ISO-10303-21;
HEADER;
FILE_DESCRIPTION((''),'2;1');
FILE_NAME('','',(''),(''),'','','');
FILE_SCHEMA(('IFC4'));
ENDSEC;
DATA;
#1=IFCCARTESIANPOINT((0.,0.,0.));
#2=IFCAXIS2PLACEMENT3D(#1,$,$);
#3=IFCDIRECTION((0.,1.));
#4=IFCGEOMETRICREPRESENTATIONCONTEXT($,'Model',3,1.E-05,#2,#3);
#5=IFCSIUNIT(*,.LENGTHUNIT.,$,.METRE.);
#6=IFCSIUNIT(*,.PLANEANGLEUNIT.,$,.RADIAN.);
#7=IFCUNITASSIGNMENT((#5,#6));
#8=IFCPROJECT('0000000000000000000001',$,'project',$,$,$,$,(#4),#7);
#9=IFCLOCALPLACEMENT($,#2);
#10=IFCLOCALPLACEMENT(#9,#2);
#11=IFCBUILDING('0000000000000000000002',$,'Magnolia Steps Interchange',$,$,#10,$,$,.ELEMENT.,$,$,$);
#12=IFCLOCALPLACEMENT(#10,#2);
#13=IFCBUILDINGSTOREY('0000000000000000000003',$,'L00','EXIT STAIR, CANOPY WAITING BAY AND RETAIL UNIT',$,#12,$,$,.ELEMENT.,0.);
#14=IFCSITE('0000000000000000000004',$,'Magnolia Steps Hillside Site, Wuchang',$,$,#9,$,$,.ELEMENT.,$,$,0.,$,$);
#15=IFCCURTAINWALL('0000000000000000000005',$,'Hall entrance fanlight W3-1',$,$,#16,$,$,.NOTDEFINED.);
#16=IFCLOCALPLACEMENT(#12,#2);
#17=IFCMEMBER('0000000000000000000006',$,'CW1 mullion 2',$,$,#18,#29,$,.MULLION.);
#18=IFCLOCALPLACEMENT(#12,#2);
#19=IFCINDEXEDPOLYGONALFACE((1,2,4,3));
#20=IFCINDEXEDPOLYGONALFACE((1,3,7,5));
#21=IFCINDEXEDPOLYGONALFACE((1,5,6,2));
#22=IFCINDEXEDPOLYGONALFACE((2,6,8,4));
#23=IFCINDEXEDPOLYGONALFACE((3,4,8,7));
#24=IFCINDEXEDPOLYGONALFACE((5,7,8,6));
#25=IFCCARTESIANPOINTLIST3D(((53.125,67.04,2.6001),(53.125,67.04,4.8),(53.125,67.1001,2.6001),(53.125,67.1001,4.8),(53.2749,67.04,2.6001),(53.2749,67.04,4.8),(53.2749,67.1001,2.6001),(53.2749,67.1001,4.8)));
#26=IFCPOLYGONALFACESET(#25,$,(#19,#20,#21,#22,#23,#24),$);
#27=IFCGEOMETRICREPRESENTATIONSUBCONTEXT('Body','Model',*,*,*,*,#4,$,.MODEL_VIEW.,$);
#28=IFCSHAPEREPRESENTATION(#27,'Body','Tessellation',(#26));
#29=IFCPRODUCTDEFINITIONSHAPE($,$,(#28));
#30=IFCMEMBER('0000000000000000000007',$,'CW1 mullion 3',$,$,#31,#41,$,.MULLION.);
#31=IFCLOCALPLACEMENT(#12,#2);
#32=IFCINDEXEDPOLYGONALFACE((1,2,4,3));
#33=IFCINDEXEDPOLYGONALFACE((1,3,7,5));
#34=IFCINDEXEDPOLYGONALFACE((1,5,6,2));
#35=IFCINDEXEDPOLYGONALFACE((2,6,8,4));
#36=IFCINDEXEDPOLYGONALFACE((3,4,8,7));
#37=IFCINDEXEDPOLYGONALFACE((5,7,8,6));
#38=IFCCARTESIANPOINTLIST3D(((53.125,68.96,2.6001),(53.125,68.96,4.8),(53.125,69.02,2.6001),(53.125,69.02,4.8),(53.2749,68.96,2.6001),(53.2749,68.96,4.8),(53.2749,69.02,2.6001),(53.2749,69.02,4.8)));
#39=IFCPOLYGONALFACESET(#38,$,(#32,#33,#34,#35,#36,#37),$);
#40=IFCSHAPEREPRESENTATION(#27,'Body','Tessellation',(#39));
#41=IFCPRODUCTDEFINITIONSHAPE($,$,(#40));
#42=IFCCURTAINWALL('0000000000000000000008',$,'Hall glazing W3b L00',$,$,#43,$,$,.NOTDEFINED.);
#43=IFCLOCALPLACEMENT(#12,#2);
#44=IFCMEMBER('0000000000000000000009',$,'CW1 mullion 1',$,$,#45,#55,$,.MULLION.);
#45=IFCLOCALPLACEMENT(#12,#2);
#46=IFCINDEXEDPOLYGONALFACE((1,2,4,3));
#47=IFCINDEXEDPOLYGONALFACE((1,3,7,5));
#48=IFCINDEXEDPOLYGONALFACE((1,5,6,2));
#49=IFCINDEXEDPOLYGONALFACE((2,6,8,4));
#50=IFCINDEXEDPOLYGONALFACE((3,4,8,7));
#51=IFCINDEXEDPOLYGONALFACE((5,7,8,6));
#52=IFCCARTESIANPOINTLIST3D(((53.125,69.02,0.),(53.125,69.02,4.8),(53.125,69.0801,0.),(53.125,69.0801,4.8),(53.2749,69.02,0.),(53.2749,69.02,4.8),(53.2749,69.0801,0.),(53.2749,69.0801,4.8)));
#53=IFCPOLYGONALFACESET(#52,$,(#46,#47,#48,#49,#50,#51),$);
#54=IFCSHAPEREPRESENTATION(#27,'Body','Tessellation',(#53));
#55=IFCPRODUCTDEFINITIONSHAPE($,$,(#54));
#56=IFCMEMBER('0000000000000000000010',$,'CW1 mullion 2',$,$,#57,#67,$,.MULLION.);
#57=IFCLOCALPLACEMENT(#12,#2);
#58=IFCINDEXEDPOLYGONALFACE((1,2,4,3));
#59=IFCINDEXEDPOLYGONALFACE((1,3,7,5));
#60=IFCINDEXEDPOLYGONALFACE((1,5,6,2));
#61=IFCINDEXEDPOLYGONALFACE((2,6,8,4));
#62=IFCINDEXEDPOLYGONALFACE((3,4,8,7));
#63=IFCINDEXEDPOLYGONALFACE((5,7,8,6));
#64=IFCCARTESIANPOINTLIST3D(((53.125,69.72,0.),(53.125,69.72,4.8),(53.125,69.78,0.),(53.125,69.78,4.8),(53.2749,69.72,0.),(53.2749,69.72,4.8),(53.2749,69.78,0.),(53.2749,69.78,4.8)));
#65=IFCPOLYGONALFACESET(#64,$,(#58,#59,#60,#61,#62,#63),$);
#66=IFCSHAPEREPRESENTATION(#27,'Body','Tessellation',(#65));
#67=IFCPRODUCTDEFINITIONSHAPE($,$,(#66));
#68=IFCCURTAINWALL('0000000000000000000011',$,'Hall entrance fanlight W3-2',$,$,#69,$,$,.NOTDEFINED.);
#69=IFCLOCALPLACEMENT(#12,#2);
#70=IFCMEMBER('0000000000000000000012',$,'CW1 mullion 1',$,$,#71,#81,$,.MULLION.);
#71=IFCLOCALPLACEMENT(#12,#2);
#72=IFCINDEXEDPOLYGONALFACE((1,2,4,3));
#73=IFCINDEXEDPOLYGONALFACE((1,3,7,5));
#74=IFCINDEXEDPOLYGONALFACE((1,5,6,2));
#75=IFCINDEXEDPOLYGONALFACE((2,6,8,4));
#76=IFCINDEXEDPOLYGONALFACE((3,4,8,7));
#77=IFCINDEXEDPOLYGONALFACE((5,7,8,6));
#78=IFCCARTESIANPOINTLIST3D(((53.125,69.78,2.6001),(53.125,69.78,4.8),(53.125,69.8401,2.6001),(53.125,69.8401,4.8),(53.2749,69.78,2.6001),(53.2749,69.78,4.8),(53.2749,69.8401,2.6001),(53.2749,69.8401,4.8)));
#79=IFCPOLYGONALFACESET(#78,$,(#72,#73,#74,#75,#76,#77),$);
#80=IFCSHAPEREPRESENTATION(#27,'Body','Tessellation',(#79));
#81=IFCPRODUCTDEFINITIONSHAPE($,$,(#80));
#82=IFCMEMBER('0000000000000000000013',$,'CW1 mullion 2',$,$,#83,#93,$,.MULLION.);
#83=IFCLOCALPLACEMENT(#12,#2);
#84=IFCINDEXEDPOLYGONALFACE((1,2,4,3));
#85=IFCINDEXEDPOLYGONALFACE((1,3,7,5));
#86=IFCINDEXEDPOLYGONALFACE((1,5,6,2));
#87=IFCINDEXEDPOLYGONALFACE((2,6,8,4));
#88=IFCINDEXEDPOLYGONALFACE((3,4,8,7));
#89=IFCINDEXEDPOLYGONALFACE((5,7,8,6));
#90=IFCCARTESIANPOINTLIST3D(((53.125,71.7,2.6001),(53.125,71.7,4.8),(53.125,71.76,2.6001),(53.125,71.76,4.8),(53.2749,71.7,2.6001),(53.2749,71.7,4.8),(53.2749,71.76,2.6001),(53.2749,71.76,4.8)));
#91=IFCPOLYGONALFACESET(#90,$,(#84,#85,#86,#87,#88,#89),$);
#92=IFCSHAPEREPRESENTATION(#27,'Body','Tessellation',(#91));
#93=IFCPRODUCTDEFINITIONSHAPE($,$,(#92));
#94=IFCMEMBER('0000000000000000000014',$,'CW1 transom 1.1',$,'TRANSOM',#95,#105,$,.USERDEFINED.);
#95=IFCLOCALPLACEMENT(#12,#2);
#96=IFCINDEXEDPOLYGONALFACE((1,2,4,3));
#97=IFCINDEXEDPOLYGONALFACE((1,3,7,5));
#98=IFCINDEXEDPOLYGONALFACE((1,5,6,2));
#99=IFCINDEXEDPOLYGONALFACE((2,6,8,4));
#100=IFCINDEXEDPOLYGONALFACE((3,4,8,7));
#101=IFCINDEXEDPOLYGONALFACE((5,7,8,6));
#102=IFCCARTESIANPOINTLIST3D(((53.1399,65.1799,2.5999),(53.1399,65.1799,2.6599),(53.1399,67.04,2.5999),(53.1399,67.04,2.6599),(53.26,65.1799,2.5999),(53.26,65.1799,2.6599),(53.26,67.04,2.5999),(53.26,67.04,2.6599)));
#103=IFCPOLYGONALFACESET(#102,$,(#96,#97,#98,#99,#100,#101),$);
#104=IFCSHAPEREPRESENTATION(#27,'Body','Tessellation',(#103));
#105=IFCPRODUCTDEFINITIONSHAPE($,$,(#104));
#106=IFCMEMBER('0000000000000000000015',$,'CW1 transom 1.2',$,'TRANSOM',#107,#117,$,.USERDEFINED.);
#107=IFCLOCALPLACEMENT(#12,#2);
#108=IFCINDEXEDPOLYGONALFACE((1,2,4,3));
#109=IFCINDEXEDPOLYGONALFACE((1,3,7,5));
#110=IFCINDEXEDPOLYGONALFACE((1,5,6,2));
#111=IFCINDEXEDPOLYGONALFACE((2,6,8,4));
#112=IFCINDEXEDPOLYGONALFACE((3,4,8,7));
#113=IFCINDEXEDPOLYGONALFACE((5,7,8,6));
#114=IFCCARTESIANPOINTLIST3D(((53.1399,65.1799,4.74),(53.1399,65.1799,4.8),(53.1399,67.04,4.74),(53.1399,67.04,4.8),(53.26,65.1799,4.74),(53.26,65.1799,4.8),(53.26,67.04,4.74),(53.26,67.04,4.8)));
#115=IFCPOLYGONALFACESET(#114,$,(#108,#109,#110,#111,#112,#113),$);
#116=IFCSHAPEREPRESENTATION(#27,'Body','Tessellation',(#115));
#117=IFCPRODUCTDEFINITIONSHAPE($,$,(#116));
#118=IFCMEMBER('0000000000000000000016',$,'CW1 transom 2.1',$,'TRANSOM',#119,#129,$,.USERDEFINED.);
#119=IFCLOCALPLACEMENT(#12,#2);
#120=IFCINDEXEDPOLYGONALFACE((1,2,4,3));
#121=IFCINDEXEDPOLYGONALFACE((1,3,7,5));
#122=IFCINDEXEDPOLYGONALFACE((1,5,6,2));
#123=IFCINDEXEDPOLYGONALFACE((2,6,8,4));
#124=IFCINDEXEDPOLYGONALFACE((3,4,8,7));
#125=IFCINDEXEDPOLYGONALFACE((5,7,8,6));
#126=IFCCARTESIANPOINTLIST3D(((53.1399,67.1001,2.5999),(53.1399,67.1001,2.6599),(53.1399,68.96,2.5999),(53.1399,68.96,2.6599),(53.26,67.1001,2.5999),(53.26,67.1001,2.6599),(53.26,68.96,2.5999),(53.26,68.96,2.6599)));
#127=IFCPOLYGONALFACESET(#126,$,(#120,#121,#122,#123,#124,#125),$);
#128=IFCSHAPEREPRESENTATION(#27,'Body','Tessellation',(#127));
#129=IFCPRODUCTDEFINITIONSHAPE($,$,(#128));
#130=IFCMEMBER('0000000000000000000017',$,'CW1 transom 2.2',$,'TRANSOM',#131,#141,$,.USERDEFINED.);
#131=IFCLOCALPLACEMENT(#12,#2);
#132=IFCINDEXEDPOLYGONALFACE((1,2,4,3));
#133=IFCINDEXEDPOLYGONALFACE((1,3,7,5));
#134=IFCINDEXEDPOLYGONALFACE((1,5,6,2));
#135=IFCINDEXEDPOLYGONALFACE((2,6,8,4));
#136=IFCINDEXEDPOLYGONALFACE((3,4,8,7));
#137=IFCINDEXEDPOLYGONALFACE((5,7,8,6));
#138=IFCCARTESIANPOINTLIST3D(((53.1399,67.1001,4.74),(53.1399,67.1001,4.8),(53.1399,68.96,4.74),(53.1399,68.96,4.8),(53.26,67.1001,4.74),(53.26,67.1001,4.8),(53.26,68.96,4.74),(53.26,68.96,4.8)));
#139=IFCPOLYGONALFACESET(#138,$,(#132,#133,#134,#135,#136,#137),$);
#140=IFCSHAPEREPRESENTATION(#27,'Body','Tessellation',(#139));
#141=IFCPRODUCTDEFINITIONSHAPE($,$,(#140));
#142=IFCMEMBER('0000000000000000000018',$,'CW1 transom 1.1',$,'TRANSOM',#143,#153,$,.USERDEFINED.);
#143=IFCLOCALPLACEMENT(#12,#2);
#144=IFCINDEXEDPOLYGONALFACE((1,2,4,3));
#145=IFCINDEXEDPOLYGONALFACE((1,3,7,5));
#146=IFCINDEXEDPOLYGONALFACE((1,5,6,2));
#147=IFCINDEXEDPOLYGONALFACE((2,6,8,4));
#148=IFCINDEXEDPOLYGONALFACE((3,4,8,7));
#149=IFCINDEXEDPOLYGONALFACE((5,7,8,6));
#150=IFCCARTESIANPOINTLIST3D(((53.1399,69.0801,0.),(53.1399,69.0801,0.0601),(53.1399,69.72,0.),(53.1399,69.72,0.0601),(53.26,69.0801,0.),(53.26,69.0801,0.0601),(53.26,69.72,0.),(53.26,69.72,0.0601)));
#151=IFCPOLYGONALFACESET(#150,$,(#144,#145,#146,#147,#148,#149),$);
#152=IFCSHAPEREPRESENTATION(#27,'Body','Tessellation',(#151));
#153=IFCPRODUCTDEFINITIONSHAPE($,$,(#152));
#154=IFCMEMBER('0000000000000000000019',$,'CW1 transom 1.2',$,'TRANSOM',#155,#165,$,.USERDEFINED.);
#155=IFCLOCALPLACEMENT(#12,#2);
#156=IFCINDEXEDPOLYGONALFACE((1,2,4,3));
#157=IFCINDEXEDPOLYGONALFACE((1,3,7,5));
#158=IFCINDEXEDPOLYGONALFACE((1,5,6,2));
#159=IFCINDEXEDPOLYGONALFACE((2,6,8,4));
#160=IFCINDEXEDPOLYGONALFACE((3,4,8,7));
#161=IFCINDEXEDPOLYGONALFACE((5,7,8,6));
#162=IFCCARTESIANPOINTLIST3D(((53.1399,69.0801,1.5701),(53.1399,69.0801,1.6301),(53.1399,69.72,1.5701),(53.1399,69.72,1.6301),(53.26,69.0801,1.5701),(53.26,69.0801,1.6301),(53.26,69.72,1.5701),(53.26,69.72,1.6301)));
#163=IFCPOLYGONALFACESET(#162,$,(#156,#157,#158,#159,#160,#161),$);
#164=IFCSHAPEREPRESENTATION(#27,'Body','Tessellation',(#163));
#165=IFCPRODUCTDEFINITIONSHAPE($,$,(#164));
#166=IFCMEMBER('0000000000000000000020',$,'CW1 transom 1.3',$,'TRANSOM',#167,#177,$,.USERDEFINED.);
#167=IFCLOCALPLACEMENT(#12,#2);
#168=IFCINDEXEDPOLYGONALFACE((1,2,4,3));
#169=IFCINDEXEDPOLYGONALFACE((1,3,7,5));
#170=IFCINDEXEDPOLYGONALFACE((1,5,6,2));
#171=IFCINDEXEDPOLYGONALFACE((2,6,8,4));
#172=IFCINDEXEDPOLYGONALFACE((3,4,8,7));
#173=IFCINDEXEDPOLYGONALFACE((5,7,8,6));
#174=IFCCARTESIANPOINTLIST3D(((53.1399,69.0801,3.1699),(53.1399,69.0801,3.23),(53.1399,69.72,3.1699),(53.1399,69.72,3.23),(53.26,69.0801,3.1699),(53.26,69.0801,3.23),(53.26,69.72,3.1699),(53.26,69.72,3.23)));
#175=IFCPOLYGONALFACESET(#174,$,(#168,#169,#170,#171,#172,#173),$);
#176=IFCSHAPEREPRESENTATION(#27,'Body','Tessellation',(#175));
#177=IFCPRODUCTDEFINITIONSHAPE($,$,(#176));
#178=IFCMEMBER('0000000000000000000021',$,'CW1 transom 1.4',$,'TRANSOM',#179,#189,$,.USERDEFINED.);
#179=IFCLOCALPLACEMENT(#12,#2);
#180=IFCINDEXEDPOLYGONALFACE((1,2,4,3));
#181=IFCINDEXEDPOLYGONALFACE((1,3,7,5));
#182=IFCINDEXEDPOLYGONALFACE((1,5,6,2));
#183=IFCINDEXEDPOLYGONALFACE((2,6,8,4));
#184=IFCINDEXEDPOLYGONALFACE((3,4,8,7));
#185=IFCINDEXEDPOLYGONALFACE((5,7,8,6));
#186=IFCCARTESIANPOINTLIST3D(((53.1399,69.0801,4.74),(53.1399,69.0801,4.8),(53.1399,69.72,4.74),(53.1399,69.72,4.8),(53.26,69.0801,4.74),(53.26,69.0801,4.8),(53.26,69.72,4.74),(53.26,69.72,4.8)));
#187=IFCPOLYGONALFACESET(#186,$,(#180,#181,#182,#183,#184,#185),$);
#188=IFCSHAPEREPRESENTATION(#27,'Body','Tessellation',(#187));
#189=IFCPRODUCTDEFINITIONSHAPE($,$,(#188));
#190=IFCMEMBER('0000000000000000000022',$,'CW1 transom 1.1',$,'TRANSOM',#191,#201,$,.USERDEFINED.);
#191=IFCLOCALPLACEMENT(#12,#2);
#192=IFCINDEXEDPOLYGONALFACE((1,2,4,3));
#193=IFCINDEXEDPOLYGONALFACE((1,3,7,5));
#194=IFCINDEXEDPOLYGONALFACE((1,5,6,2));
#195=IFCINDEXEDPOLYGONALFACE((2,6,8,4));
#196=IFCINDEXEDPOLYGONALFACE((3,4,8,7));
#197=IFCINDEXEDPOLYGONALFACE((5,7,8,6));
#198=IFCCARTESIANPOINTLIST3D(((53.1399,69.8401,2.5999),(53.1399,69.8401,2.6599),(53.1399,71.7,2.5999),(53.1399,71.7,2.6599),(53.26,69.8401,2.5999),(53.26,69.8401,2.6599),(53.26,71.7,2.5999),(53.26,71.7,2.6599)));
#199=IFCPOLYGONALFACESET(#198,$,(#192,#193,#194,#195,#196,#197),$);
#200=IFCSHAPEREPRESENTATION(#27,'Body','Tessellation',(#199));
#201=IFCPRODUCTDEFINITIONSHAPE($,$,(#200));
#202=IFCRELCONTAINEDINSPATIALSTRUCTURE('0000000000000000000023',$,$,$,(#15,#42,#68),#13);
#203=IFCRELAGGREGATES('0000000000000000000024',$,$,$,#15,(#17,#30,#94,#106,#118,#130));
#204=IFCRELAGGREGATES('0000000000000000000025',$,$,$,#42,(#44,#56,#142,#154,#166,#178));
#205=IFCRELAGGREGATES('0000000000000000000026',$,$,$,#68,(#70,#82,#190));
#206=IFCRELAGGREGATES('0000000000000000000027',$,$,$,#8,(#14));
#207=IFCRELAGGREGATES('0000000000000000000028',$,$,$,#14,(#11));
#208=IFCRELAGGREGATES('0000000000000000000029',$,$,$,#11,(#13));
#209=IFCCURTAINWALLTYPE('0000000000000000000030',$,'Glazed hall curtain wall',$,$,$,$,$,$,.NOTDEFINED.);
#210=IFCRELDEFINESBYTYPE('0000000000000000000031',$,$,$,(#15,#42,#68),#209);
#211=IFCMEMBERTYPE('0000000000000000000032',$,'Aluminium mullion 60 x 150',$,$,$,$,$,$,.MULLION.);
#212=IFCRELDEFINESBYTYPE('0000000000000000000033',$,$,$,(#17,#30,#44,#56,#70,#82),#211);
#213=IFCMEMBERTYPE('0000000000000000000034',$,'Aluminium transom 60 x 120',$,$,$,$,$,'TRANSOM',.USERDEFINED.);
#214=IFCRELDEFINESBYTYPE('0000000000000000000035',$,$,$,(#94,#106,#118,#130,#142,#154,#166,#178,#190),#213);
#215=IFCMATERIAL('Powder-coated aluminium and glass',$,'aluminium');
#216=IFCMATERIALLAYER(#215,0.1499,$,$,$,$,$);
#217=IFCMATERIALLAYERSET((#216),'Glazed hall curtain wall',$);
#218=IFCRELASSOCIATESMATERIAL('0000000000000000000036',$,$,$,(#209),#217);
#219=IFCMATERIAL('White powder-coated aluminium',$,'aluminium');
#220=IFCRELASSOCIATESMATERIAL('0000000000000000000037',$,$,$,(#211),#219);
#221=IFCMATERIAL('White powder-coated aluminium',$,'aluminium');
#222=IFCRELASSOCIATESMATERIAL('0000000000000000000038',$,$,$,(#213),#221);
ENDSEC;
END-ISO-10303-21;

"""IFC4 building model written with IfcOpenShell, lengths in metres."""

from ifc_helpers import new_model, si_unit, direction, frame, origin, origin_2d, place, context, subcontext, project, spatial, rectangle, extrude, material, layer, layer_set, material_profile, profile_set, type_object, element, aggregate, save


model = new_model("IFC4")

# Units and contexts
model_context = context("Model", 3, precision=1e-05, world=origin(), true_north=direction((0.0, 1.0)))
body_context = subcontext(model_context, "Body", "Model", "MODEL_VIEW")
ifc_project = project(units=[si_unit("LENGTHUNIT", "METRE"), si_unit("PLANEANGLEUNIT", "RADIAN")], contexts=[model_context])

# Site, building, storey
site_placement = place(None, origin())
site = spatial("IfcSite", under=ifc_project, at=site_placement, Name="Magnolia Steps Hillside Site, Wuchang", CompositionType="ELEMENT", RefElevation=0.0)
building_placement = place(site_placement, origin())
building = spatial("IfcBuilding", under=site, at=building_placement, Name="Magnolia Steps Interchange", CompositionType="ELEMENT")
storey_placement = place(building_placement, origin())
storey = spatial("IfcBuildingStorey", under=building, at=storey_placement, Name="L00", Description="EXIT STAIR, CANOPY WAITING BAY AND RETAIL UNIT", CompositionType="ELEMENT", Elevation=0.0)

# Curtain walls, members
ifc_material_1 = material(Name="Powder-coated aluminium and glass", Category="aluminium")
ifc_layer_1 = layer(ifc_material_1, 0.1499)
ifc_layer_set_1 = layer_set([ifc_layer_1], Name="Glazed hall curtain wall")
curtain_wall_type = type_object("IfcCurtainWallType", Name="Glazed hall curtain wall", PredefinedType="NOTDEFINED", material=ifc_layer_set_1)
curtain_wall_1_placement = place(storey_placement, origin())
curtain_wall_1 = element("IfcCurtainWall", 1, at=curtain_wall_1_placement, inside=storey, type_object=curtain_wall_type, Name="Hall entrance fanlight W3-1", PredefinedType="NOTDEFINED")
ifc_material_2 = material(Name="White powder-coated aluminium", Category="aluminium")
ifc_material_profile_1 = material_profile(ifc_material_2, rectangle(XDim=0.0601, YDim=0.1499, at=origin_2d()), Name="Aluminium mullion 60 x 150")
ifc_profile_set_1 = profile_set([ifc_material_profile_1], Name="White powder-coated aluminium")
member_type_1 = type_object("IfcMemberType", Name="Aluminium mullion 60 x 150", PredefinedType="MULLION", material=ifc_profile_set_1)
member_1_placement = place(storey_placement, frame((53.2, 67.0701, 2.6001), z_axis=(0.0, 0.0, 1.0), x_axis=(0.0, 1.0, 0.0)))
member_1 = element("IfcMember", 2, at=member_1_placement, type_object=member_type_1, Name="CW1 mullion 2", PredefinedType="MULLION", context=body_context, shape_type="SweptSolid", body=[
    extrude(rectangle(XDim=0.0601, YDim=0.1499, at=origin_2d()), origin(), (0.0, 0.0, 1.0), 2.2),
])
member_2_placement = place(storey_placement, frame((53.2, 68.99, 2.6001), z_axis=(0.0, 0.0, 1.0), x_axis=(0.0, 1.0, 0.0)))
member_2 = element("IfcMember", 3, at=member_2_placement, type_object=member_type_1, Name="CW1 mullion 3", PredefinedType="MULLION", context=body_context, shape_type="SweptSolid", body=[
    extrude(rectangle(XDim=0.0601, YDim=0.1499, at=origin_2d()), origin(), (0.0, 0.0, 1.0), 2.2),
])
curtain_wall_2_placement = place(storey_placement, origin())
curtain_wall_2 = element("IfcCurtainWall", 4, at=curtain_wall_2_placement, inside=storey, type_object=curtain_wall_type, Name="Hall glazing W3b L00", PredefinedType="NOTDEFINED")
member_3_placement = place(storey_placement, frame((53.2, 69.05, 0.0), z_axis=(0.0, 0.0, 1.0), x_axis=(0.0, 1.0, 0.0)))
member_3 = element("IfcMember", 5, at=member_3_placement, type_object=member_type_1, Name="CW1 mullion 1", PredefinedType="MULLION", context=body_context, shape_type="SweptSolid", body=[
    extrude(rectangle(XDim=0.0601, YDim=0.1499, at=origin_2d()), origin(), (0.0, 0.0, 1.0), 4.8),
])
member_4_placement = place(storey_placement, frame((53.2, 69.75, 0.0), z_axis=(0.0, 0.0, 1.0), x_axis=(0.0, 1.0, 0.0)))
member_4 = element("IfcMember", 6, at=member_4_placement, type_object=member_type_1, Name="CW1 mullion 2", PredefinedType="MULLION", context=body_context, shape_type="SweptSolid", body=[
    extrude(rectangle(XDim=0.0601, YDim=0.1499, at=origin_2d()), origin(), (0.0, 0.0, 1.0), 4.8),
])
curtain_wall_3_placement = place(storey_placement, origin())
curtain_wall_3 = element("IfcCurtainWall", 7, at=curtain_wall_3_placement, inside=storey, type_object=curtain_wall_type, Name="Hall entrance fanlight W3-2", PredefinedType="NOTDEFINED")
member_5_placement = place(storey_placement, frame((53.2, 69.8101, 2.6001), z_axis=(0.0, 0.0, 1.0), x_axis=(0.0, 1.0, 0.0)))
member_5 = element("IfcMember", 8, at=member_5_placement, type_object=member_type_1, Name="CW1 mullion 1", PredefinedType="MULLION", context=body_context, shape_type="SweptSolid", body=[
    extrude(rectangle(XDim=0.0601, YDim=0.1499, at=origin_2d()), origin(), (0.0, 0.0, 1.0), 2.2),
])
member_6_placement = place(storey_placement, frame((53.2, 71.73, 2.6001), z_axis=(0.0, 0.0, 1.0), x_axis=(0.0, 1.0, 0.0)))
member_6 = element("IfcMember", 9, at=member_6_placement, type_object=member_type_1, Name="CW1 mullion 2", PredefinedType="MULLION", context=body_context, shape_type="SweptSolid", body=[
    extrude(rectangle(XDim=0.0601, YDim=0.1499, at=origin_2d()), origin(), (0.0, 0.0, 1.0), 2.2),
])

# Members
ifc_material_3 = material(Name="White powder-coated aluminium", Category="aluminium")
ifc_material_profile_2 = material_profile(ifc_material_3, rectangle(XDim=0.0601, YDim=0.1201, at=origin_2d()), Name="Aluminium transom 60 x 120")
ifc_profile_set_2 = profile_set([ifc_material_profile_2], Name="White powder-coated aluminium")
member_type_2 = type_object("IfcMemberType", Name="Aluminium transom 60 x 120", ElementType="TRANSOM", PredefinedType="USERDEFINED", material=ifc_profile_set_2)
member_7_placement = place(storey_placement, frame((53.2, 65.1799, 2.6299), z_axis=(0.0, 1.0, 0.0), x_axis=(0.0, 0.0, 1.0)))
member_7 = element("IfcMember", 10, at=member_7_placement, type_object=member_type_2, Name="CW1 transom 1.1", ObjectType="TRANSOM", PredefinedType="USERDEFINED", context=body_context, shape_type="SweptSolid", body=[
    extrude(rectangle(XDim=0.0601, YDim=0.1201, at=origin_2d()), origin(), (0.0, 0.0, 1.0), 1.8601),
])
member_8_placement = place(storey_placement, frame((53.2, 65.1799, 4.77), z_axis=(0.0, 1.0, 0.0), x_axis=(0.0, 0.0, 1.0)))
member_8 = element("IfcMember", 11, at=member_8_placement, type_object=member_type_2, Name="CW1 transom 1.2", ObjectType="TRANSOM", PredefinedType="USERDEFINED", context=body_context, shape_type="SweptSolid", body=[
    extrude(rectangle(XDim=0.0601, YDim=0.1201, at=origin_2d()), origin(), (0.0, 0.0, 1.0), 1.8601),
])
member_9_placement = place(storey_placement, frame((53.2, 67.1001, 2.6299), z_axis=(0.0, 1.0, 0.0), x_axis=(0.0, 0.0, 1.0)))
member_9 = element("IfcMember", 12, at=member_9_placement, type_object=member_type_2, Name="CW1 transom 2.1", ObjectType="TRANSOM", PredefinedType="USERDEFINED", context=body_context, shape_type="SweptSolid", body=[
    extrude(rectangle(XDim=0.0601, YDim=0.1201, at=origin_2d()), origin(), (0.0, 0.0, 1.0), 1.8599),
])
member_10_placement = place(storey_placement, frame((53.2, 67.1001, 4.77), z_axis=(0.0, 1.0, 0.0), x_axis=(0.0, 0.0, 1.0)))
member_10 = element("IfcMember", 13, at=member_10_placement, type_object=member_type_2, Name="CW1 transom 2.2", ObjectType="TRANSOM", PredefinedType="USERDEFINED", context=body_context, shape_type="SweptSolid", body=[
    extrude(rectangle(XDim=0.0601, YDim=0.1201, at=origin_2d()), origin(), (0.0, 0.0, 1.0), 1.8599),
])
member_11_placement = place(storey_placement, frame((53.2, 69.0801, 0.03), z_axis=(0.0, 1.0, 0.0), x_axis=(0.0, 0.0, 1.0)))
member_11 = element("IfcMember", 14, at=member_11_placement, type_object=member_type_2, Name="CW1 transom 1.1", ObjectType="TRANSOM", PredefinedType="USERDEFINED", context=body_context, shape_type="SweptSolid", body=[
    extrude(rectangle(XDim=0.0601, YDim=0.1201, at=origin_2d()), origin(), (0.0, 0.0, 1.0), 0.6399),
])
member_12_placement = place(storey_placement, frame((53.2, 69.0801, 1.6001), z_axis=(0.0, 1.0, 0.0), x_axis=(0.0, 0.0, 1.0)))
member_12 = element("IfcMember", 15, at=member_12_placement, type_object=member_type_2, Name="CW1 transom 1.2", ObjectType="TRANSOM", PredefinedType="USERDEFINED", context=body_context, shape_type="SweptSolid", body=[
    extrude(rectangle(XDim=0.0601, YDim=0.1201, at=origin_2d()), origin(), (0.0, 0.0, 1.0), 0.6399),
])
member_13_placement = place(storey_placement, frame((53.2, 69.0801, 3.2), z_axis=(0.0, 1.0, 0.0), x_axis=(0.0, 0.0, 1.0)))
member_13 = element("IfcMember", 16, at=member_13_placement, type_object=member_type_2, Name="CW1 transom 1.3", ObjectType="TRANSOM", PredefinedType="USERDEFINED", context=body_context, shape_type="SweptSolid", body=[
    extrude(rectangle(XDim=0.0601, YDim=0.1201, at=origin_2d()), origin(), (0.0, 0.0, 1.0), 0.6399),
])
member_14_placement = place(storey_placement, frame((53.2, 69.0801, 4.77), z_axis=(0.0, 1.0, 0.0), x_axis=(0.0, 0.0, 1.0)))
member_14 = element("IfcMember", 17, at=member_14_placement, type_object=member_type_2, Name="CW1 transom 1.4", ObjectType="TRANSOM", PredefinedType="USERDEFINED", context=body_context, shape_type="SweptSolid", body=[
    extrude(rectangle(XDim=0.0601, YDim=0.1201, at=origin_2d()), origin(), (0.0, 0.0, 1.0), 0.6399),
])
member_15_placement = place(storey_placement, frame((53.2, 69.8401, 2.6299), z_axis=(0.0, 1.0, 0.0), x_axis=(0.0, 0.0, 1.0)))
member_15 = element("IfcMember", 18, at=member_15_placement, type_object=member_type_2, Name="CW1 transom 1.1", ObjectType="TRANSOM", PredefinedType="USERDEFINED", context=body_context, shape_type="SweptSolid", body=[
    extrude(rectangle(XDim=0.0601, YDim=0.1201, at=origin_2d()), origin(), (0.0, 0.0, 1.0), 1.8599),
])

aggregate(curtain_wall_1, [member_1, member_2, member_7, member_8, member_9, member_10])
aggregate(curtain_wall_2, [member_3, member_4, member_11, member_12, member_13, member_14])
aggregate(curtain_wall_3, [member_5, member_6, member_15])

save(model, "model.ifc")
